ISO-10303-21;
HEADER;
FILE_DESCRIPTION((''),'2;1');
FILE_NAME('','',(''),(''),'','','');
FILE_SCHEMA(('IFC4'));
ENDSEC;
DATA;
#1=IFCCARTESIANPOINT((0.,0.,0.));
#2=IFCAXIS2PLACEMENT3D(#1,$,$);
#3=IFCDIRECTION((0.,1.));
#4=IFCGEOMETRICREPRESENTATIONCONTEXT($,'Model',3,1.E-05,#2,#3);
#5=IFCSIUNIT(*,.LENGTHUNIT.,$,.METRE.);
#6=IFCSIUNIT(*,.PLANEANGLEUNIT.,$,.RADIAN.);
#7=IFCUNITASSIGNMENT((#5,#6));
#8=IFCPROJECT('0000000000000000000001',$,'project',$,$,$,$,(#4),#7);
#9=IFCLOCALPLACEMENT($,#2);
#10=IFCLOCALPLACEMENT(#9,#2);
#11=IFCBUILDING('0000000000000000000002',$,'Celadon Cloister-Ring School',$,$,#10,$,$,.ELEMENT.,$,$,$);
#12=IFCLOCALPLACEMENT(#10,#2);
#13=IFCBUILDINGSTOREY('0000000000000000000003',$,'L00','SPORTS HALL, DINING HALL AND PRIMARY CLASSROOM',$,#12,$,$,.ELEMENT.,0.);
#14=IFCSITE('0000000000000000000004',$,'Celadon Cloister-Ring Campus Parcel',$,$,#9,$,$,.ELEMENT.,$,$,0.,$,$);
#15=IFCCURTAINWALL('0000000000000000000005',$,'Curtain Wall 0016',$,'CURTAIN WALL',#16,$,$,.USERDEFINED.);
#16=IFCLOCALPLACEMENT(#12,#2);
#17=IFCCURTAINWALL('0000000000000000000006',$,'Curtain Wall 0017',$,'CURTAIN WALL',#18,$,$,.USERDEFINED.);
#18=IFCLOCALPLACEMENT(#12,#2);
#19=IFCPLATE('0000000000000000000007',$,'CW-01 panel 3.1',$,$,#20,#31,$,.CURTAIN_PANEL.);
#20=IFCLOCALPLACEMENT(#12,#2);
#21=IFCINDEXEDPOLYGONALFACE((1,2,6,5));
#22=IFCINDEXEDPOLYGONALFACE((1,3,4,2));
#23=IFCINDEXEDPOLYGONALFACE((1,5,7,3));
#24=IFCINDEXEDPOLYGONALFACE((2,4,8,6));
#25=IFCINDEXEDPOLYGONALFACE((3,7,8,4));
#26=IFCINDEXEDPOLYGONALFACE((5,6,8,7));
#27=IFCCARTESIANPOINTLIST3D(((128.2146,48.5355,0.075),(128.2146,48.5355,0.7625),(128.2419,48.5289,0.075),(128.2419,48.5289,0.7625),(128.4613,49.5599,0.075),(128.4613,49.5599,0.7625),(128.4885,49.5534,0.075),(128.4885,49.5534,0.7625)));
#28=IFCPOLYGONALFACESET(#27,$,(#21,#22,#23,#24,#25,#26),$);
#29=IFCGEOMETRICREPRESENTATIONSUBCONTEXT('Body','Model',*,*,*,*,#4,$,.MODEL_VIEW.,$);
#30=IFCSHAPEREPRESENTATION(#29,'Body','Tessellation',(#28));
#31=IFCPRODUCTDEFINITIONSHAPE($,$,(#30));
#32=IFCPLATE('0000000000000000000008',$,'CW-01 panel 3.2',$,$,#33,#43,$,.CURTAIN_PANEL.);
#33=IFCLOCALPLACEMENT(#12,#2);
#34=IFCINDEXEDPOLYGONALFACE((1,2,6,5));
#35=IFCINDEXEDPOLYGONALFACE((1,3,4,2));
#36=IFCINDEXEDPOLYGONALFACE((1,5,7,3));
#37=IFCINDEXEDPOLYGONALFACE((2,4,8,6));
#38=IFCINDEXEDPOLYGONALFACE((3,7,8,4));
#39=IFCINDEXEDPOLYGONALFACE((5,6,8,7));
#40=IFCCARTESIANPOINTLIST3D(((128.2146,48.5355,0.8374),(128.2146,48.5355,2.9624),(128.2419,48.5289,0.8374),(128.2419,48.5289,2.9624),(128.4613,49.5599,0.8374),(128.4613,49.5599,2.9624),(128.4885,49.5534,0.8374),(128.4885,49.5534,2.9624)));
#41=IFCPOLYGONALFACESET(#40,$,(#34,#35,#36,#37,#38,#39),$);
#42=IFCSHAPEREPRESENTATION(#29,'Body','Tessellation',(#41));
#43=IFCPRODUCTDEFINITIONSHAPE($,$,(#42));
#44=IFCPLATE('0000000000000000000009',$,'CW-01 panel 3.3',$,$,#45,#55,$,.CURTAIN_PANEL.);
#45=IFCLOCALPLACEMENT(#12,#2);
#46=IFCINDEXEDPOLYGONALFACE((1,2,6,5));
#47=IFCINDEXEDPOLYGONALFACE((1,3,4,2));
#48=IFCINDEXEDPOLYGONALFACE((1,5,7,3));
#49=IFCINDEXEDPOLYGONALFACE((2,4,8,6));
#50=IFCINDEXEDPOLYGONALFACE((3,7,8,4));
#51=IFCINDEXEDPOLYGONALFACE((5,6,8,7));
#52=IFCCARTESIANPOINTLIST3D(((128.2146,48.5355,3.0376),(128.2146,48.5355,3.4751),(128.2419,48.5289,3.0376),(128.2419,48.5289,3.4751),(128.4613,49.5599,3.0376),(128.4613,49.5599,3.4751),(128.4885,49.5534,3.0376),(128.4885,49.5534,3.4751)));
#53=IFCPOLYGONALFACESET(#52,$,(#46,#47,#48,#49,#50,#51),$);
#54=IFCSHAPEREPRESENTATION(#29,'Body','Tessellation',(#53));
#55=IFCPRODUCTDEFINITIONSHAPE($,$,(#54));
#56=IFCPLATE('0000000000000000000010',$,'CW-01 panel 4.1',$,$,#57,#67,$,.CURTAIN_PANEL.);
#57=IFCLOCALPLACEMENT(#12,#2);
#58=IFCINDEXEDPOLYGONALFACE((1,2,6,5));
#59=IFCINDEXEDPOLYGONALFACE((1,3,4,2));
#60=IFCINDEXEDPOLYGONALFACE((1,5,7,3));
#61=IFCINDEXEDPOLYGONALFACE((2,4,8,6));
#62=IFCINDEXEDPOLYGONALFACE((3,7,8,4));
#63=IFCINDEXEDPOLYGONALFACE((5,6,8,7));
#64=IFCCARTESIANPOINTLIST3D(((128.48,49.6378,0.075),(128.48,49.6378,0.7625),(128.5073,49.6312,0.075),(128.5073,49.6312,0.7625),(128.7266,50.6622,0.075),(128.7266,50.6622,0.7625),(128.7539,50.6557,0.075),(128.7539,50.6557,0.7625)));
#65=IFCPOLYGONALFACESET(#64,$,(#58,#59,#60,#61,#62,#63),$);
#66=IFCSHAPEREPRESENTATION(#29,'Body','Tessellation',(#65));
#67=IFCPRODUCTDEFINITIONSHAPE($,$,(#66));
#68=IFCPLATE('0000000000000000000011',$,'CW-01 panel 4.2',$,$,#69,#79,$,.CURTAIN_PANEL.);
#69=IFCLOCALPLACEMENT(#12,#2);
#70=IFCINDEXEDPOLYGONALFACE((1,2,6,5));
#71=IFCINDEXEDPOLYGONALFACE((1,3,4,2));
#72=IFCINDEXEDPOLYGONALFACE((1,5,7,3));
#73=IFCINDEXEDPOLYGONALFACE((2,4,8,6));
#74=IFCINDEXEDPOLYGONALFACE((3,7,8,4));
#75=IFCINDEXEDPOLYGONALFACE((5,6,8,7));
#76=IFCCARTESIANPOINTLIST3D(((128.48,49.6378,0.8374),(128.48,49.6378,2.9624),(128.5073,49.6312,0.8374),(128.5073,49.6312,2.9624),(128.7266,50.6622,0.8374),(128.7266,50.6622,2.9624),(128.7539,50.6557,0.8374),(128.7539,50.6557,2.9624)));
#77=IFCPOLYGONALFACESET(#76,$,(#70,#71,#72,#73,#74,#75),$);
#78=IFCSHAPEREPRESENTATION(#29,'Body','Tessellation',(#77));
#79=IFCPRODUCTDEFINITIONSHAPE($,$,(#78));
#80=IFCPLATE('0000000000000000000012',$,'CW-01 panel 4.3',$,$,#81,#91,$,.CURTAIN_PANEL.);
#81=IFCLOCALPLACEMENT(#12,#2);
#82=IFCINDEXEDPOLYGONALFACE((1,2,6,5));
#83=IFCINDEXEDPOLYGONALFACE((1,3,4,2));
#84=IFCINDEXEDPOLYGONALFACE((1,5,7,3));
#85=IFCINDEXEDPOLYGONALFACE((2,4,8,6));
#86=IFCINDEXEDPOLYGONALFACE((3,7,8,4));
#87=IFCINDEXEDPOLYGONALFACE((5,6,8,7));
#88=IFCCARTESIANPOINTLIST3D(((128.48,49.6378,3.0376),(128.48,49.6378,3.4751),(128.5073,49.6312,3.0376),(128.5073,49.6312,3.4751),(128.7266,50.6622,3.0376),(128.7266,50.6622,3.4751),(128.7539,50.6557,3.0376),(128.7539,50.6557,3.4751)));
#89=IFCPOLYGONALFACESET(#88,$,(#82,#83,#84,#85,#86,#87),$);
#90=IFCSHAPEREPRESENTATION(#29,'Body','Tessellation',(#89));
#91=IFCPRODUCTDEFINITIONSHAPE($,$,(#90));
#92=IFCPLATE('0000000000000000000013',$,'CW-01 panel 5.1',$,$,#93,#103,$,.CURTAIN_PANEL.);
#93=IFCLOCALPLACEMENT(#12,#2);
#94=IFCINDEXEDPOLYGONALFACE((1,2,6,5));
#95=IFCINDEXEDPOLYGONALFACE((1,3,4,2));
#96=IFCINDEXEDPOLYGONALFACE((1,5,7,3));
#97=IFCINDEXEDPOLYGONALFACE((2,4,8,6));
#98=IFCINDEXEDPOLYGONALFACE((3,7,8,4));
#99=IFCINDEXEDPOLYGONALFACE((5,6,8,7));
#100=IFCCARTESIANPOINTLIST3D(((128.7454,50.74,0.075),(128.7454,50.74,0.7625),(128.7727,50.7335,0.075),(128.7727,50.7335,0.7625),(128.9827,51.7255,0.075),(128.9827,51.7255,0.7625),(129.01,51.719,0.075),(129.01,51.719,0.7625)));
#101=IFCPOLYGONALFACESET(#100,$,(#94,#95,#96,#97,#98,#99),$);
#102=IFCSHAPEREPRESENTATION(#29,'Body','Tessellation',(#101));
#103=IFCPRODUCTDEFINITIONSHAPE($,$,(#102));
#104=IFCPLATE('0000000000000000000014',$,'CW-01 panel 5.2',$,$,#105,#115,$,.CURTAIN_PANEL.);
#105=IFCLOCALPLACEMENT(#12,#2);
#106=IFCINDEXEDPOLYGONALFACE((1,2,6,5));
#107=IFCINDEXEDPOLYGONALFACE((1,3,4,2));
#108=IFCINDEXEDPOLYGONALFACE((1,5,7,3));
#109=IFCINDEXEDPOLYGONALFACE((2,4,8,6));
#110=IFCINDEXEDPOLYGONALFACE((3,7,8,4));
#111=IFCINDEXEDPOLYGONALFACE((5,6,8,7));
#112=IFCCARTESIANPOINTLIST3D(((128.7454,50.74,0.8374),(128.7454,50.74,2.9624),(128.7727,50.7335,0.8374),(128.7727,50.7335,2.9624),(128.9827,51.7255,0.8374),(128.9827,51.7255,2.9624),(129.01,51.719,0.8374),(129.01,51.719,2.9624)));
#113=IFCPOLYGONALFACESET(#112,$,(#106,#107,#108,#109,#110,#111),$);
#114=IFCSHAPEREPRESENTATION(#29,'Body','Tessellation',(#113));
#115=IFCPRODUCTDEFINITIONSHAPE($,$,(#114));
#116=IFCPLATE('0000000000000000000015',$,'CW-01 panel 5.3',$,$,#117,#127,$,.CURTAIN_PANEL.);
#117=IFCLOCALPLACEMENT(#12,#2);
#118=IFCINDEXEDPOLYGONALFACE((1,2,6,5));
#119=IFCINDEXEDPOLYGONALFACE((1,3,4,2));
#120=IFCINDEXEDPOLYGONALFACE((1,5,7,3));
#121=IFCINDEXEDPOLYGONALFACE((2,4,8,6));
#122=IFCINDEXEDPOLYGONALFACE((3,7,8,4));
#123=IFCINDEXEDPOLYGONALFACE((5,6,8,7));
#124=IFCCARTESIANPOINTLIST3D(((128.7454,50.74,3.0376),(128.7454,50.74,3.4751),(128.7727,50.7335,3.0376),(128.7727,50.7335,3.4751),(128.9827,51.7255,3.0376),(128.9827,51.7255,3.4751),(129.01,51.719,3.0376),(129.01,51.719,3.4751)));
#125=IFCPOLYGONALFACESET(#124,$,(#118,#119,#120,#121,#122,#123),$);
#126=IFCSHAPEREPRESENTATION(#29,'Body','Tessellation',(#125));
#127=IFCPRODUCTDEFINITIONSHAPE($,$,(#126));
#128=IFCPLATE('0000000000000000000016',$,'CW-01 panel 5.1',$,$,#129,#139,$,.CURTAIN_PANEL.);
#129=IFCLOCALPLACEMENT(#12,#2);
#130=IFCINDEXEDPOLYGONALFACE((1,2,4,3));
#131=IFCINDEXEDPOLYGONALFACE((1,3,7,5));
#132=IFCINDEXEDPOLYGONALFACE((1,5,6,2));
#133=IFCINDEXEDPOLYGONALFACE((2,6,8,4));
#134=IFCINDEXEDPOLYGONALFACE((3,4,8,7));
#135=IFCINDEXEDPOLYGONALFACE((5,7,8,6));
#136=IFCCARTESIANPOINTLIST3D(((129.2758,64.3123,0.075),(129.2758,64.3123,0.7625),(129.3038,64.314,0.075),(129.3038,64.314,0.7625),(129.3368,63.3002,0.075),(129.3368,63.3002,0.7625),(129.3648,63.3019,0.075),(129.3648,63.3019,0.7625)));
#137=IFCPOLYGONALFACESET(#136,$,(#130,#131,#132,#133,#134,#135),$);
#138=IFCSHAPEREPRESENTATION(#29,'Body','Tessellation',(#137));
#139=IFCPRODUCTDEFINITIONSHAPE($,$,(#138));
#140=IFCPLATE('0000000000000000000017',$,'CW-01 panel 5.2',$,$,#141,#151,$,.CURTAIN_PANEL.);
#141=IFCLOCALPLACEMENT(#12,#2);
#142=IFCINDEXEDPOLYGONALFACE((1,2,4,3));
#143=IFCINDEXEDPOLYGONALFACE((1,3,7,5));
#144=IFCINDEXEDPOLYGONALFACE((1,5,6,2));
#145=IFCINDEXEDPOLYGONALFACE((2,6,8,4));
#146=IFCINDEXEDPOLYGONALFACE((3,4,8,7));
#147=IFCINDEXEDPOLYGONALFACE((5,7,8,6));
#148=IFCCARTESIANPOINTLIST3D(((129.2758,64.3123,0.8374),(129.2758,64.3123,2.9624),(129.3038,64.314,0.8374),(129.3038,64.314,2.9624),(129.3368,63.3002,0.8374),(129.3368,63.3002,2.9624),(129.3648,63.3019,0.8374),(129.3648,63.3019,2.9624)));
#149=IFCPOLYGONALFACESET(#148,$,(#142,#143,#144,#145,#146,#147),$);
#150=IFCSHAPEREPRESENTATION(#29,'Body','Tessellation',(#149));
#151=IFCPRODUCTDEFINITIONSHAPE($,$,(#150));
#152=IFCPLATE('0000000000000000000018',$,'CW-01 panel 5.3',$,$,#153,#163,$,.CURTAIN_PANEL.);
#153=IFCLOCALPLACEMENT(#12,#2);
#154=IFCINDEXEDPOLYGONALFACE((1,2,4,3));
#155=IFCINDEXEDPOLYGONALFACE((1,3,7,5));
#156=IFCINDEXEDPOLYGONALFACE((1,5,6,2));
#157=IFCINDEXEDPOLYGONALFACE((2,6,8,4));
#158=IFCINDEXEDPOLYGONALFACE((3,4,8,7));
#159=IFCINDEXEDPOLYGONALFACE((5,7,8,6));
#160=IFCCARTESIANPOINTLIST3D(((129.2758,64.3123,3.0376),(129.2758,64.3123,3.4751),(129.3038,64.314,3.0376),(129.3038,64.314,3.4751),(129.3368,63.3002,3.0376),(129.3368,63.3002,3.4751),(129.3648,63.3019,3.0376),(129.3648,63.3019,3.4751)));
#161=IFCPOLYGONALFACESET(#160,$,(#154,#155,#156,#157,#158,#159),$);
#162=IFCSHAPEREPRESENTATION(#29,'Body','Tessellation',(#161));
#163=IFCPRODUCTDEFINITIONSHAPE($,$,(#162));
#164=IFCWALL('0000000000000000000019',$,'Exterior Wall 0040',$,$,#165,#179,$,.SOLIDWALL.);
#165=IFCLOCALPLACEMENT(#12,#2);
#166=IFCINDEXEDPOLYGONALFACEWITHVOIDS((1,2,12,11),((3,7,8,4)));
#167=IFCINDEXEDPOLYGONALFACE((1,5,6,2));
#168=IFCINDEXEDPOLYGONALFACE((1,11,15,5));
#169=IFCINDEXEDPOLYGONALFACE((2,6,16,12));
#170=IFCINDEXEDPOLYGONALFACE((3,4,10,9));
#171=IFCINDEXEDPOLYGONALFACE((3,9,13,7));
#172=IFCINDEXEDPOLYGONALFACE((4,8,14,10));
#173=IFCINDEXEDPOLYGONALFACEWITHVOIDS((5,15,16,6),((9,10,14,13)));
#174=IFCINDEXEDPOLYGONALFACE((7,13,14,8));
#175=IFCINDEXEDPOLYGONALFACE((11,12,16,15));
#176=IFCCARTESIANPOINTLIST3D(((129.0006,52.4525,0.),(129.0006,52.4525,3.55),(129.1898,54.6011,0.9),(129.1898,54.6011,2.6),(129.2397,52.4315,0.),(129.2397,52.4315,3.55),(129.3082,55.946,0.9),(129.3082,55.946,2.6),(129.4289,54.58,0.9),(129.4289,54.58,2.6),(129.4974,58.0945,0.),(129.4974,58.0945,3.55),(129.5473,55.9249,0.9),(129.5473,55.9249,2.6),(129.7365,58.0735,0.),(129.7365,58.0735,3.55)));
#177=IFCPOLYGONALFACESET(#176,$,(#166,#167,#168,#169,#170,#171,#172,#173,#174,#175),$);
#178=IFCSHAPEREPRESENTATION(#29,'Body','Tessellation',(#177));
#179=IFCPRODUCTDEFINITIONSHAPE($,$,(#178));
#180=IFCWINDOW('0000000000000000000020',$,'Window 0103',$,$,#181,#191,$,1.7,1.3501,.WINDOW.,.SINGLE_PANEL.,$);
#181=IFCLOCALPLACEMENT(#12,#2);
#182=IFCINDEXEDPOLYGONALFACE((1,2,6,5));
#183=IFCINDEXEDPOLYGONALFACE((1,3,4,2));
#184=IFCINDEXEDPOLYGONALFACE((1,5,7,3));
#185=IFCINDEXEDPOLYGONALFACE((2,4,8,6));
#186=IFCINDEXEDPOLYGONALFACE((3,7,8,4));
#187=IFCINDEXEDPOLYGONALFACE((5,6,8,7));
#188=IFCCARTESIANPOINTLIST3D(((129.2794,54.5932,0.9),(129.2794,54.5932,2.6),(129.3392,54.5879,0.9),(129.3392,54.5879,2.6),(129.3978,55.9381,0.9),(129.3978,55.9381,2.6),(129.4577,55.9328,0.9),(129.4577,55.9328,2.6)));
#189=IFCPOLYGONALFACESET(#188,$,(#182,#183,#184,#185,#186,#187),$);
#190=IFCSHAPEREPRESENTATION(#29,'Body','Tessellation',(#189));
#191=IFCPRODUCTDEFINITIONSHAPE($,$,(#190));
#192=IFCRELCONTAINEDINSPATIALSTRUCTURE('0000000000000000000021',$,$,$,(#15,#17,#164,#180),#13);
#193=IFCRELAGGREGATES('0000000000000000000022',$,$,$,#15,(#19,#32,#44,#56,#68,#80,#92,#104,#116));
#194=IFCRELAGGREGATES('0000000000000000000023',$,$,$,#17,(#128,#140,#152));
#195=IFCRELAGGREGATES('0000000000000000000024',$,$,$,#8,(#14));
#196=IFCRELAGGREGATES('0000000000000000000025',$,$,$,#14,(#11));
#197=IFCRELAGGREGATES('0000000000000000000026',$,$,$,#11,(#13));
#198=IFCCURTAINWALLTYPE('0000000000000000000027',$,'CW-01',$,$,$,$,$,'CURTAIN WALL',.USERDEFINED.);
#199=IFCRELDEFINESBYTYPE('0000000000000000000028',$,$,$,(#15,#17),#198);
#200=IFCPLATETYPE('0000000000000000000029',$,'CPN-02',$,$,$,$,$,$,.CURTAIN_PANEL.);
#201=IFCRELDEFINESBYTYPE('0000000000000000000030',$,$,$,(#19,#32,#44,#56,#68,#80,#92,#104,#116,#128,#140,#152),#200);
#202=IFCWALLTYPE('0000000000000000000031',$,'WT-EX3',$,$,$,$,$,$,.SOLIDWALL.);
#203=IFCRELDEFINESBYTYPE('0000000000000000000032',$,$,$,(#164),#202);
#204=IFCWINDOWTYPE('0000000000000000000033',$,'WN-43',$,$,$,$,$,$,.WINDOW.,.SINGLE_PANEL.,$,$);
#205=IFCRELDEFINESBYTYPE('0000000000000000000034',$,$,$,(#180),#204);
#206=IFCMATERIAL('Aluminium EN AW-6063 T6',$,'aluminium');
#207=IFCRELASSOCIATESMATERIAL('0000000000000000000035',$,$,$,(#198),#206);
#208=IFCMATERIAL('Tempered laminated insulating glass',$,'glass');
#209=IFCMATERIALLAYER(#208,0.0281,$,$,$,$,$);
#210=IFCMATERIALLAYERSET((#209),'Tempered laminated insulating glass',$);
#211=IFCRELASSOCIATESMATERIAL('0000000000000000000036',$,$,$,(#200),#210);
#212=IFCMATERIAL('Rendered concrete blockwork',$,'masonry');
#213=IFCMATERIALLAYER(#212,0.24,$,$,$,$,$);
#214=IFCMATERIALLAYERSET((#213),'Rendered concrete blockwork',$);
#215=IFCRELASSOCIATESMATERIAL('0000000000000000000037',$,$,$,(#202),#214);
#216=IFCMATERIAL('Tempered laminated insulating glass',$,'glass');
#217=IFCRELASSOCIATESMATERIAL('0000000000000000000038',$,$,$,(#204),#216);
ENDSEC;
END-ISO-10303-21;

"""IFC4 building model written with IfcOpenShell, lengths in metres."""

from ifc_helpers import new_model, si_unit, direction, frame, frame_2d, origin, origin_2d, place, context, subcontext, project, spatial, rectangle, extrude, material, layer, layer_set, type_object, element, fill, aggregate, save


model = new_model("IFC4")

# Units and contexts
model_context = context("Model", 3, precision=1e-05, world=origin(), true_north=direction((0.0, 1.0)))
body_context = subcontext(model_context, "Body", "Model", "MODEL_VIEW")
ifc_project = project(units=[si_unit("LENGTHUNIT", "METRE"), si_unit("PLANEANGLEUNIT", "RADIAN")], contexts=[model_context])

# Site, building, storey
site_placement = place(None, origin())
site = spatial("IfcSite", under=ifc_project, at=site_placement, Name="Celadon Cloister-Ring Campus Parcel", CompositionType="ELEMENT", RefElevation=0.0)
building_placement = place(site_placement, origin())
building = spatial("IfcBuilding", under=site, at=building_placement, Name="Celadon Cloister-Ring School", CompositionType="ELEMENT")
storey_placement = place(building_placement, origin())
storey = spatial("IfcBuildingStorey", under=building, at=storey_placement, Name="L00", Description="SPORTS HALL, DINING HALL AND PRIMARY CLASSROOM", CompositionType="ELEMENT", Elevation=0.0)

# Curtain wall
ifc_material_1 = material(Name="Aluminium EN AW-6063 T6", Category="aluminium")
curtain_wall_type = type_object("IfcCurtainWallType", Name="CW-01", ElementType="CURTAIN WALL", PredefinedType="USERDEFINED", material=ifc_material_1)
curtain_wall_1_placement = place(storey_placement, origin())
curtain_wall_1 = element("IfcCurtainWall", 1, at=curtain_wall_1_placement, inside=storey, type_object=curtain_wall_type, Name="Curtain Wall 0016", ObjectType="CURTAIN WALL", PredefinedType="USERDEFINED")

# Curtain wall
curtain_wall_2_placement = place(storey_placement, origin())
curtain_wall_2 = element("IfcCurtainWall", 2, at=curtain_wall_2_placement, inside=storey, type_object=curtain_wall_type, Name="Curtain Wall 0017", ObjectType="CURTAIN WALL", PredefinedType="USERDEFINED")

# Plates
ifc_material_2 = material(Name="Tempered laminated insulating glass", Category="glass")
ifc_layer_1 = layer(ifc_material_2, 0.0281)
ifc_layer_set_1 = layer_set([ifc_layer_1], Name="Tempered laminated insulating glass")
plate_type = type_object("IfcPlateType", Name="CPN-02", PredefinedType="CURTAIN_PANEL", material=ifc_layer_set_1)
plate_1_placement = place(storey_placement, frame((128.3516, 49.0444, 0.075), z_axis=(0.0, 0.0, 1.0), x_axis=(0.2341, 0.972212, 0.0)))
plate_1 = element("IfcPlate", 3, at=plate_1_placement, type_object=plate_type, Name="CW-01 panel 3.1", PredefinedType="CURTAIN_PANEL", context=body_context, shape_type="SweptSolid", body=[
    extrude(rectangle(XDim=1.0537, YDim=0.0281, at=origin_2d()), origin(), (0.0, 0.0, 1.0), 0.6875),
])
plate_2_placement = place(storey_placement, frame((128.3516, 49.0444, 0.8374), z_axis=(0.0, 0.0, 1.0), x_axis=(0.2341, 0.972212, 0.0)))
plate_2 = element("IfcPlate", 4, at=plate_2_placement, type_object=plate_type, Name="CW-01 panel 3.2", PredefinedType="CURTAIN_PANEL", context=body_context, shape_type="SweptSolid", body=[
    extrude(rectangle(XDim=1.0537, YDim=0.0281, at=origin_2d()), origin(), (0.0, 0.0, 1.0), 2.125),
])
plate_3_placement = place(storey_placement, frame((128.3516, 49.0444, 3.0376), z_axis=(0.0, 0.0, 1.0), x_axis=(0.2341, 0.972212, 0.0)))
plate_3 = element("IfcPlate", 5, at=plate_3_placement, type_object=plate_type, Name="CW-01 panel 3.3", PredefinedType="CURTAIN_PANEL", context=body_context, shape_type="SweptSolid", body=[
    extrude(rectangle(XDim=1.0537, YDim=0.0281, at=origin_2d()), origin(), (0.0, 0.0, 1.0), 0.4375),
])
plate_4_placement = place(storey_placement, frame((128.6169, 50.1467, 0.075), z_axis=(0.0, 0.0, 1.0), x_axis=(0.2341, 0.972212, 0.0)))
plate_4 = element("IfcPlate", 6, at=plate_4_placement, type_object=plate_type, Name="CW-01 panel 4.1", PredefinedType="CURTAIN_PANEL", context=body_context, shape_type="SweptSolid", body=[
    extrude(rectangle(XDim=1.0537, YDim=0.0281, at=origin_2d()), origin(), (0.0, 0.0, 1.0), 0.6875),
])
plate_5_placement = place(storey_placement, frame((128.6169, 50.1467, 0.8374), z_axis=(0.0, 0.0, 1.0), x_axis=(0.2341, 0.972212, 0.0)))
plate_5 = element("IfcPlate", 7, at=plate_5_placement, type_object=plate_type, Name="CW-01 panel 4.2", PredefinedType="CURTAIN_PANEL", context=body_context, shape_type="SweptSolid", body=[
    extrude(rectangle(XDim=1.0537, YDim=0.0281, at=origin_2d()), origin(), (0.0, 0.0, 1.0), 2.125),
])
plate_6_placement = place(storey_placement, frame((128.6169, 50.1467, 3.0376), z_axis=(0.0, 0.0, 1.0), x_axis=(0.2341, 0.972212, 0.0)))
plate_6 = element("IfcPlate", 8, at=plate_6_placement, type_object=plate_type, Name="CW-01 panel 4.3", PredefinedType="CURTAIN_PANEL", context=body_context, shape_type="SweptSolid", body=[
    extrude(rectangle(XDim=1.0537, YDim=0.0281, at=origin_2d()), origin(), (0.0, 0.0, 1.0), 0.4375),
])
plate_7_placement = place(storey_placement, frame((128.8777, 51.2295, 0.075), z_axis=(0.0, 0.0, 1.0), x_axis=(0.2341, 0.972212, 0.0)))
plate_7 = element("IfcPlate", 9, at=plate_7_placement, type_object=plate_type, Name="CW-01 panel 5.1", PredefinedType="CURTAIN_PANEL", context=body_context, shape_type="SweptSolid", body=[
    extrude(rectangle(XDim=1.0137, YDim=0.0281, at=origin_2d()), origin(), (0.0, 0.0, 1.0), 0.6875),
])
plate_8_placement = place(storey_placement, frame((128.8777, 51.2295, 0.8374), z_axis=(0.0, 0.0, 1.0), x_axis=(0.2341, 0.972212, 0.0)))
plate_8 = element("IfcPlate", 10, at=plate_8_placement, type_object=plate_type, Name="CW-01 panel 5.2", PredefinedType="CURTAIN_PANEL", context=body_context, shape_type="SweptSolid", body=[
    extrude(rectangle(XDim=1.0137, YDim=0.0281, at=origin_2d()), origin(), (0.0, 0.0, 1.0), 2.125),
])
plate_9_placement = place(storey_placement, frame((128.8777, 51.2295, 3.0376), z_axis=(0.0, 0.0, 1.0), x_axis=(0.2341, 0.972212, 0.0)))
plate_9 = element("IfcPlate", 11, at=plate_9_placement, type_object=plate_type, Name="CW-01 panel 5.3", PredefinedType="CURTAIN_PANEL", context=body_context, shape_type="SweptSolid", body=[
    extrude(rectangle(XDim=1.0137, YDim=0.0281, at=origin_2d()), origin(), (0.0, 0.0, 1.0), 0.4375),
])
aggregate(curtain_wall_1, [plate_1, plate_2, plate_3, plate_4, plate_5, plate_6, plate_7, plate_8, plate_9])
plate_10_placement = place(storey_placement, frame((129.3203, 63.8071, 0.075), z_axis=(0.0, 0.0, 1.0), x_axis=(-0.060149, 0.998189, 0.0)))
plate_10 = element("IfcPlate", 12, at=plate_10_placement, type_object=plate_type, Name="CW-01 panel 5.1", PredefinedType="CURTAIN_PANEL", context=body_context, shape_type="SweptSolid", body=[
    extrude(rectangle(XDim=1.0139, YDim=0.0281, at=origin_2d()), origin(), (0.0, 0.0, 1.0), 0.6875),
])
plate_11_placement = place(storey_placement, frame((129.3203, 63.8071, 0.8374), z_axis=(0.0, 0.0, 1.0), x_axis=(-0.060149, 0.998189, 0.0)))
plate_11 = element("IfcPlate", 13, at=plate_11_placement, type_object=plate_type, Name="CW-01 panel 5.2", PredefinedType="CURTAIN_PANEL", context=body_context, shape_type="SweptSolid", body=[
    extrude(rectangle(XDim=1.0139, YDim=0.0281, at=origin_2d()), origin(), (0.0, 0.0, 1.0), 2.125),
])
plate_12_placement = place(storey_placement, frame((129.3203, 63.8071, 3.0376), z_axis=(0.0, 0.0, 1.0), x_axis=(-0.060149, 0.998189, 0.0)))
plate_12 = element("IfcPlate", 14, at=plate_12_placement, type_object=plate_type, Name="CW-01 panel 5.3", PredefinedType="CURTAIN_PANEL", context=body_context, shape_type="SweptSolid", body=[
    extrude(rectangle(XDim=1.0139, YDim=0.0281, at=origin_2d()), origin(), (0.0, 0.0, 1.0), 0.4375),
])
aggregate(curtain_wall_2, [plate_10, plate_11, plate_12])

# Wall, opening, window
ifc_material_3 = material(Name="Rendered concrete blockwork", Category="masonry")
ifc_layer_2 = layer(ifc_material_3, 0.24)
ifc_layer_set_2 = layer_set([ifc_layer_2], Name="Rendered concrete blockwork")
wall_type = type_object("IfcWallType", Name="WT-EX3", PredefinedType="SOLIDWALL", material=ifc_layer_set_2)
wall_placement = place(storey_placement, frame((129.1201, 52.4419, 0.0), z_axis=(0.0, 0.0, 1.0), x_axis=(0.087718, 0.996145, 0.0)))
wall = element("IfcWall", 15, at=wall_placement, inside=storey, type_object=wall_type, Name="Exterior Wall 0040", PredefinedType="SOLIDWALL", context=body_context, shape_type="SweptSolid", body=[
    extrude(rectangle(XDim=5.6638, YDim=0.24, at=frame_2d((2.832, 0.0))), origin(), (0.0, 0.0, 1.0), 3.55),
])
opening_placement = place(wall_placement, frame((2.157, 0.0, 0.8999)))
opening = element("IfcOpeningElement", 16, at=opening_placement, cuts=wall, PredefinedType="OPENING", context=body_context, shape_type="SweptSolid", body=[
    extrude(rectangle(XDim=1.3501, YDim=1.7, at=frame_2d((0.675, 0.8501))), frame((0.0, 0.1299, 0.0), z_axis=(0.0, -1.0, 0.0), x_axis=(1.0, 0.0, 0.0)), (0.0, 0.0, 1.0), 0.26),
])
ifc_material_4 = material(Name="Tempered laminated insulating glass", Category="glass")
window_type = type_object("IfcWindowType", Name="WN-43", PartitioningType="SINGLE_PANEL", PredefinedType="WINDOW", material=ifc_material_4)
window_placement = place(opening_placement, origin())
window = element("IfcWindow", 17, at=window_placement, inside=storey, type_object=window_type, Name="Window 0103", OverallHeight=1.7, OverallWidth=1.3501, PartitioningType="SINGLE_PANEL", PredefinedType="WINDOW", context=body_context, shape_type="SweptSolid", body=[
    extrude(rectangle(XDim=1.3501, YDim=1.7, at=frame_2d((0.675, 0.8501))), frame((0.0, 0.03, 0.0), z_axis=(0.0, -1.0, 0.0), x_axis=(1.0, 0.0, 0.0)), (0.0, 0.0, 1.0), 0.0601),
])
fill(opening, window)

save(model, "model.ifc")
